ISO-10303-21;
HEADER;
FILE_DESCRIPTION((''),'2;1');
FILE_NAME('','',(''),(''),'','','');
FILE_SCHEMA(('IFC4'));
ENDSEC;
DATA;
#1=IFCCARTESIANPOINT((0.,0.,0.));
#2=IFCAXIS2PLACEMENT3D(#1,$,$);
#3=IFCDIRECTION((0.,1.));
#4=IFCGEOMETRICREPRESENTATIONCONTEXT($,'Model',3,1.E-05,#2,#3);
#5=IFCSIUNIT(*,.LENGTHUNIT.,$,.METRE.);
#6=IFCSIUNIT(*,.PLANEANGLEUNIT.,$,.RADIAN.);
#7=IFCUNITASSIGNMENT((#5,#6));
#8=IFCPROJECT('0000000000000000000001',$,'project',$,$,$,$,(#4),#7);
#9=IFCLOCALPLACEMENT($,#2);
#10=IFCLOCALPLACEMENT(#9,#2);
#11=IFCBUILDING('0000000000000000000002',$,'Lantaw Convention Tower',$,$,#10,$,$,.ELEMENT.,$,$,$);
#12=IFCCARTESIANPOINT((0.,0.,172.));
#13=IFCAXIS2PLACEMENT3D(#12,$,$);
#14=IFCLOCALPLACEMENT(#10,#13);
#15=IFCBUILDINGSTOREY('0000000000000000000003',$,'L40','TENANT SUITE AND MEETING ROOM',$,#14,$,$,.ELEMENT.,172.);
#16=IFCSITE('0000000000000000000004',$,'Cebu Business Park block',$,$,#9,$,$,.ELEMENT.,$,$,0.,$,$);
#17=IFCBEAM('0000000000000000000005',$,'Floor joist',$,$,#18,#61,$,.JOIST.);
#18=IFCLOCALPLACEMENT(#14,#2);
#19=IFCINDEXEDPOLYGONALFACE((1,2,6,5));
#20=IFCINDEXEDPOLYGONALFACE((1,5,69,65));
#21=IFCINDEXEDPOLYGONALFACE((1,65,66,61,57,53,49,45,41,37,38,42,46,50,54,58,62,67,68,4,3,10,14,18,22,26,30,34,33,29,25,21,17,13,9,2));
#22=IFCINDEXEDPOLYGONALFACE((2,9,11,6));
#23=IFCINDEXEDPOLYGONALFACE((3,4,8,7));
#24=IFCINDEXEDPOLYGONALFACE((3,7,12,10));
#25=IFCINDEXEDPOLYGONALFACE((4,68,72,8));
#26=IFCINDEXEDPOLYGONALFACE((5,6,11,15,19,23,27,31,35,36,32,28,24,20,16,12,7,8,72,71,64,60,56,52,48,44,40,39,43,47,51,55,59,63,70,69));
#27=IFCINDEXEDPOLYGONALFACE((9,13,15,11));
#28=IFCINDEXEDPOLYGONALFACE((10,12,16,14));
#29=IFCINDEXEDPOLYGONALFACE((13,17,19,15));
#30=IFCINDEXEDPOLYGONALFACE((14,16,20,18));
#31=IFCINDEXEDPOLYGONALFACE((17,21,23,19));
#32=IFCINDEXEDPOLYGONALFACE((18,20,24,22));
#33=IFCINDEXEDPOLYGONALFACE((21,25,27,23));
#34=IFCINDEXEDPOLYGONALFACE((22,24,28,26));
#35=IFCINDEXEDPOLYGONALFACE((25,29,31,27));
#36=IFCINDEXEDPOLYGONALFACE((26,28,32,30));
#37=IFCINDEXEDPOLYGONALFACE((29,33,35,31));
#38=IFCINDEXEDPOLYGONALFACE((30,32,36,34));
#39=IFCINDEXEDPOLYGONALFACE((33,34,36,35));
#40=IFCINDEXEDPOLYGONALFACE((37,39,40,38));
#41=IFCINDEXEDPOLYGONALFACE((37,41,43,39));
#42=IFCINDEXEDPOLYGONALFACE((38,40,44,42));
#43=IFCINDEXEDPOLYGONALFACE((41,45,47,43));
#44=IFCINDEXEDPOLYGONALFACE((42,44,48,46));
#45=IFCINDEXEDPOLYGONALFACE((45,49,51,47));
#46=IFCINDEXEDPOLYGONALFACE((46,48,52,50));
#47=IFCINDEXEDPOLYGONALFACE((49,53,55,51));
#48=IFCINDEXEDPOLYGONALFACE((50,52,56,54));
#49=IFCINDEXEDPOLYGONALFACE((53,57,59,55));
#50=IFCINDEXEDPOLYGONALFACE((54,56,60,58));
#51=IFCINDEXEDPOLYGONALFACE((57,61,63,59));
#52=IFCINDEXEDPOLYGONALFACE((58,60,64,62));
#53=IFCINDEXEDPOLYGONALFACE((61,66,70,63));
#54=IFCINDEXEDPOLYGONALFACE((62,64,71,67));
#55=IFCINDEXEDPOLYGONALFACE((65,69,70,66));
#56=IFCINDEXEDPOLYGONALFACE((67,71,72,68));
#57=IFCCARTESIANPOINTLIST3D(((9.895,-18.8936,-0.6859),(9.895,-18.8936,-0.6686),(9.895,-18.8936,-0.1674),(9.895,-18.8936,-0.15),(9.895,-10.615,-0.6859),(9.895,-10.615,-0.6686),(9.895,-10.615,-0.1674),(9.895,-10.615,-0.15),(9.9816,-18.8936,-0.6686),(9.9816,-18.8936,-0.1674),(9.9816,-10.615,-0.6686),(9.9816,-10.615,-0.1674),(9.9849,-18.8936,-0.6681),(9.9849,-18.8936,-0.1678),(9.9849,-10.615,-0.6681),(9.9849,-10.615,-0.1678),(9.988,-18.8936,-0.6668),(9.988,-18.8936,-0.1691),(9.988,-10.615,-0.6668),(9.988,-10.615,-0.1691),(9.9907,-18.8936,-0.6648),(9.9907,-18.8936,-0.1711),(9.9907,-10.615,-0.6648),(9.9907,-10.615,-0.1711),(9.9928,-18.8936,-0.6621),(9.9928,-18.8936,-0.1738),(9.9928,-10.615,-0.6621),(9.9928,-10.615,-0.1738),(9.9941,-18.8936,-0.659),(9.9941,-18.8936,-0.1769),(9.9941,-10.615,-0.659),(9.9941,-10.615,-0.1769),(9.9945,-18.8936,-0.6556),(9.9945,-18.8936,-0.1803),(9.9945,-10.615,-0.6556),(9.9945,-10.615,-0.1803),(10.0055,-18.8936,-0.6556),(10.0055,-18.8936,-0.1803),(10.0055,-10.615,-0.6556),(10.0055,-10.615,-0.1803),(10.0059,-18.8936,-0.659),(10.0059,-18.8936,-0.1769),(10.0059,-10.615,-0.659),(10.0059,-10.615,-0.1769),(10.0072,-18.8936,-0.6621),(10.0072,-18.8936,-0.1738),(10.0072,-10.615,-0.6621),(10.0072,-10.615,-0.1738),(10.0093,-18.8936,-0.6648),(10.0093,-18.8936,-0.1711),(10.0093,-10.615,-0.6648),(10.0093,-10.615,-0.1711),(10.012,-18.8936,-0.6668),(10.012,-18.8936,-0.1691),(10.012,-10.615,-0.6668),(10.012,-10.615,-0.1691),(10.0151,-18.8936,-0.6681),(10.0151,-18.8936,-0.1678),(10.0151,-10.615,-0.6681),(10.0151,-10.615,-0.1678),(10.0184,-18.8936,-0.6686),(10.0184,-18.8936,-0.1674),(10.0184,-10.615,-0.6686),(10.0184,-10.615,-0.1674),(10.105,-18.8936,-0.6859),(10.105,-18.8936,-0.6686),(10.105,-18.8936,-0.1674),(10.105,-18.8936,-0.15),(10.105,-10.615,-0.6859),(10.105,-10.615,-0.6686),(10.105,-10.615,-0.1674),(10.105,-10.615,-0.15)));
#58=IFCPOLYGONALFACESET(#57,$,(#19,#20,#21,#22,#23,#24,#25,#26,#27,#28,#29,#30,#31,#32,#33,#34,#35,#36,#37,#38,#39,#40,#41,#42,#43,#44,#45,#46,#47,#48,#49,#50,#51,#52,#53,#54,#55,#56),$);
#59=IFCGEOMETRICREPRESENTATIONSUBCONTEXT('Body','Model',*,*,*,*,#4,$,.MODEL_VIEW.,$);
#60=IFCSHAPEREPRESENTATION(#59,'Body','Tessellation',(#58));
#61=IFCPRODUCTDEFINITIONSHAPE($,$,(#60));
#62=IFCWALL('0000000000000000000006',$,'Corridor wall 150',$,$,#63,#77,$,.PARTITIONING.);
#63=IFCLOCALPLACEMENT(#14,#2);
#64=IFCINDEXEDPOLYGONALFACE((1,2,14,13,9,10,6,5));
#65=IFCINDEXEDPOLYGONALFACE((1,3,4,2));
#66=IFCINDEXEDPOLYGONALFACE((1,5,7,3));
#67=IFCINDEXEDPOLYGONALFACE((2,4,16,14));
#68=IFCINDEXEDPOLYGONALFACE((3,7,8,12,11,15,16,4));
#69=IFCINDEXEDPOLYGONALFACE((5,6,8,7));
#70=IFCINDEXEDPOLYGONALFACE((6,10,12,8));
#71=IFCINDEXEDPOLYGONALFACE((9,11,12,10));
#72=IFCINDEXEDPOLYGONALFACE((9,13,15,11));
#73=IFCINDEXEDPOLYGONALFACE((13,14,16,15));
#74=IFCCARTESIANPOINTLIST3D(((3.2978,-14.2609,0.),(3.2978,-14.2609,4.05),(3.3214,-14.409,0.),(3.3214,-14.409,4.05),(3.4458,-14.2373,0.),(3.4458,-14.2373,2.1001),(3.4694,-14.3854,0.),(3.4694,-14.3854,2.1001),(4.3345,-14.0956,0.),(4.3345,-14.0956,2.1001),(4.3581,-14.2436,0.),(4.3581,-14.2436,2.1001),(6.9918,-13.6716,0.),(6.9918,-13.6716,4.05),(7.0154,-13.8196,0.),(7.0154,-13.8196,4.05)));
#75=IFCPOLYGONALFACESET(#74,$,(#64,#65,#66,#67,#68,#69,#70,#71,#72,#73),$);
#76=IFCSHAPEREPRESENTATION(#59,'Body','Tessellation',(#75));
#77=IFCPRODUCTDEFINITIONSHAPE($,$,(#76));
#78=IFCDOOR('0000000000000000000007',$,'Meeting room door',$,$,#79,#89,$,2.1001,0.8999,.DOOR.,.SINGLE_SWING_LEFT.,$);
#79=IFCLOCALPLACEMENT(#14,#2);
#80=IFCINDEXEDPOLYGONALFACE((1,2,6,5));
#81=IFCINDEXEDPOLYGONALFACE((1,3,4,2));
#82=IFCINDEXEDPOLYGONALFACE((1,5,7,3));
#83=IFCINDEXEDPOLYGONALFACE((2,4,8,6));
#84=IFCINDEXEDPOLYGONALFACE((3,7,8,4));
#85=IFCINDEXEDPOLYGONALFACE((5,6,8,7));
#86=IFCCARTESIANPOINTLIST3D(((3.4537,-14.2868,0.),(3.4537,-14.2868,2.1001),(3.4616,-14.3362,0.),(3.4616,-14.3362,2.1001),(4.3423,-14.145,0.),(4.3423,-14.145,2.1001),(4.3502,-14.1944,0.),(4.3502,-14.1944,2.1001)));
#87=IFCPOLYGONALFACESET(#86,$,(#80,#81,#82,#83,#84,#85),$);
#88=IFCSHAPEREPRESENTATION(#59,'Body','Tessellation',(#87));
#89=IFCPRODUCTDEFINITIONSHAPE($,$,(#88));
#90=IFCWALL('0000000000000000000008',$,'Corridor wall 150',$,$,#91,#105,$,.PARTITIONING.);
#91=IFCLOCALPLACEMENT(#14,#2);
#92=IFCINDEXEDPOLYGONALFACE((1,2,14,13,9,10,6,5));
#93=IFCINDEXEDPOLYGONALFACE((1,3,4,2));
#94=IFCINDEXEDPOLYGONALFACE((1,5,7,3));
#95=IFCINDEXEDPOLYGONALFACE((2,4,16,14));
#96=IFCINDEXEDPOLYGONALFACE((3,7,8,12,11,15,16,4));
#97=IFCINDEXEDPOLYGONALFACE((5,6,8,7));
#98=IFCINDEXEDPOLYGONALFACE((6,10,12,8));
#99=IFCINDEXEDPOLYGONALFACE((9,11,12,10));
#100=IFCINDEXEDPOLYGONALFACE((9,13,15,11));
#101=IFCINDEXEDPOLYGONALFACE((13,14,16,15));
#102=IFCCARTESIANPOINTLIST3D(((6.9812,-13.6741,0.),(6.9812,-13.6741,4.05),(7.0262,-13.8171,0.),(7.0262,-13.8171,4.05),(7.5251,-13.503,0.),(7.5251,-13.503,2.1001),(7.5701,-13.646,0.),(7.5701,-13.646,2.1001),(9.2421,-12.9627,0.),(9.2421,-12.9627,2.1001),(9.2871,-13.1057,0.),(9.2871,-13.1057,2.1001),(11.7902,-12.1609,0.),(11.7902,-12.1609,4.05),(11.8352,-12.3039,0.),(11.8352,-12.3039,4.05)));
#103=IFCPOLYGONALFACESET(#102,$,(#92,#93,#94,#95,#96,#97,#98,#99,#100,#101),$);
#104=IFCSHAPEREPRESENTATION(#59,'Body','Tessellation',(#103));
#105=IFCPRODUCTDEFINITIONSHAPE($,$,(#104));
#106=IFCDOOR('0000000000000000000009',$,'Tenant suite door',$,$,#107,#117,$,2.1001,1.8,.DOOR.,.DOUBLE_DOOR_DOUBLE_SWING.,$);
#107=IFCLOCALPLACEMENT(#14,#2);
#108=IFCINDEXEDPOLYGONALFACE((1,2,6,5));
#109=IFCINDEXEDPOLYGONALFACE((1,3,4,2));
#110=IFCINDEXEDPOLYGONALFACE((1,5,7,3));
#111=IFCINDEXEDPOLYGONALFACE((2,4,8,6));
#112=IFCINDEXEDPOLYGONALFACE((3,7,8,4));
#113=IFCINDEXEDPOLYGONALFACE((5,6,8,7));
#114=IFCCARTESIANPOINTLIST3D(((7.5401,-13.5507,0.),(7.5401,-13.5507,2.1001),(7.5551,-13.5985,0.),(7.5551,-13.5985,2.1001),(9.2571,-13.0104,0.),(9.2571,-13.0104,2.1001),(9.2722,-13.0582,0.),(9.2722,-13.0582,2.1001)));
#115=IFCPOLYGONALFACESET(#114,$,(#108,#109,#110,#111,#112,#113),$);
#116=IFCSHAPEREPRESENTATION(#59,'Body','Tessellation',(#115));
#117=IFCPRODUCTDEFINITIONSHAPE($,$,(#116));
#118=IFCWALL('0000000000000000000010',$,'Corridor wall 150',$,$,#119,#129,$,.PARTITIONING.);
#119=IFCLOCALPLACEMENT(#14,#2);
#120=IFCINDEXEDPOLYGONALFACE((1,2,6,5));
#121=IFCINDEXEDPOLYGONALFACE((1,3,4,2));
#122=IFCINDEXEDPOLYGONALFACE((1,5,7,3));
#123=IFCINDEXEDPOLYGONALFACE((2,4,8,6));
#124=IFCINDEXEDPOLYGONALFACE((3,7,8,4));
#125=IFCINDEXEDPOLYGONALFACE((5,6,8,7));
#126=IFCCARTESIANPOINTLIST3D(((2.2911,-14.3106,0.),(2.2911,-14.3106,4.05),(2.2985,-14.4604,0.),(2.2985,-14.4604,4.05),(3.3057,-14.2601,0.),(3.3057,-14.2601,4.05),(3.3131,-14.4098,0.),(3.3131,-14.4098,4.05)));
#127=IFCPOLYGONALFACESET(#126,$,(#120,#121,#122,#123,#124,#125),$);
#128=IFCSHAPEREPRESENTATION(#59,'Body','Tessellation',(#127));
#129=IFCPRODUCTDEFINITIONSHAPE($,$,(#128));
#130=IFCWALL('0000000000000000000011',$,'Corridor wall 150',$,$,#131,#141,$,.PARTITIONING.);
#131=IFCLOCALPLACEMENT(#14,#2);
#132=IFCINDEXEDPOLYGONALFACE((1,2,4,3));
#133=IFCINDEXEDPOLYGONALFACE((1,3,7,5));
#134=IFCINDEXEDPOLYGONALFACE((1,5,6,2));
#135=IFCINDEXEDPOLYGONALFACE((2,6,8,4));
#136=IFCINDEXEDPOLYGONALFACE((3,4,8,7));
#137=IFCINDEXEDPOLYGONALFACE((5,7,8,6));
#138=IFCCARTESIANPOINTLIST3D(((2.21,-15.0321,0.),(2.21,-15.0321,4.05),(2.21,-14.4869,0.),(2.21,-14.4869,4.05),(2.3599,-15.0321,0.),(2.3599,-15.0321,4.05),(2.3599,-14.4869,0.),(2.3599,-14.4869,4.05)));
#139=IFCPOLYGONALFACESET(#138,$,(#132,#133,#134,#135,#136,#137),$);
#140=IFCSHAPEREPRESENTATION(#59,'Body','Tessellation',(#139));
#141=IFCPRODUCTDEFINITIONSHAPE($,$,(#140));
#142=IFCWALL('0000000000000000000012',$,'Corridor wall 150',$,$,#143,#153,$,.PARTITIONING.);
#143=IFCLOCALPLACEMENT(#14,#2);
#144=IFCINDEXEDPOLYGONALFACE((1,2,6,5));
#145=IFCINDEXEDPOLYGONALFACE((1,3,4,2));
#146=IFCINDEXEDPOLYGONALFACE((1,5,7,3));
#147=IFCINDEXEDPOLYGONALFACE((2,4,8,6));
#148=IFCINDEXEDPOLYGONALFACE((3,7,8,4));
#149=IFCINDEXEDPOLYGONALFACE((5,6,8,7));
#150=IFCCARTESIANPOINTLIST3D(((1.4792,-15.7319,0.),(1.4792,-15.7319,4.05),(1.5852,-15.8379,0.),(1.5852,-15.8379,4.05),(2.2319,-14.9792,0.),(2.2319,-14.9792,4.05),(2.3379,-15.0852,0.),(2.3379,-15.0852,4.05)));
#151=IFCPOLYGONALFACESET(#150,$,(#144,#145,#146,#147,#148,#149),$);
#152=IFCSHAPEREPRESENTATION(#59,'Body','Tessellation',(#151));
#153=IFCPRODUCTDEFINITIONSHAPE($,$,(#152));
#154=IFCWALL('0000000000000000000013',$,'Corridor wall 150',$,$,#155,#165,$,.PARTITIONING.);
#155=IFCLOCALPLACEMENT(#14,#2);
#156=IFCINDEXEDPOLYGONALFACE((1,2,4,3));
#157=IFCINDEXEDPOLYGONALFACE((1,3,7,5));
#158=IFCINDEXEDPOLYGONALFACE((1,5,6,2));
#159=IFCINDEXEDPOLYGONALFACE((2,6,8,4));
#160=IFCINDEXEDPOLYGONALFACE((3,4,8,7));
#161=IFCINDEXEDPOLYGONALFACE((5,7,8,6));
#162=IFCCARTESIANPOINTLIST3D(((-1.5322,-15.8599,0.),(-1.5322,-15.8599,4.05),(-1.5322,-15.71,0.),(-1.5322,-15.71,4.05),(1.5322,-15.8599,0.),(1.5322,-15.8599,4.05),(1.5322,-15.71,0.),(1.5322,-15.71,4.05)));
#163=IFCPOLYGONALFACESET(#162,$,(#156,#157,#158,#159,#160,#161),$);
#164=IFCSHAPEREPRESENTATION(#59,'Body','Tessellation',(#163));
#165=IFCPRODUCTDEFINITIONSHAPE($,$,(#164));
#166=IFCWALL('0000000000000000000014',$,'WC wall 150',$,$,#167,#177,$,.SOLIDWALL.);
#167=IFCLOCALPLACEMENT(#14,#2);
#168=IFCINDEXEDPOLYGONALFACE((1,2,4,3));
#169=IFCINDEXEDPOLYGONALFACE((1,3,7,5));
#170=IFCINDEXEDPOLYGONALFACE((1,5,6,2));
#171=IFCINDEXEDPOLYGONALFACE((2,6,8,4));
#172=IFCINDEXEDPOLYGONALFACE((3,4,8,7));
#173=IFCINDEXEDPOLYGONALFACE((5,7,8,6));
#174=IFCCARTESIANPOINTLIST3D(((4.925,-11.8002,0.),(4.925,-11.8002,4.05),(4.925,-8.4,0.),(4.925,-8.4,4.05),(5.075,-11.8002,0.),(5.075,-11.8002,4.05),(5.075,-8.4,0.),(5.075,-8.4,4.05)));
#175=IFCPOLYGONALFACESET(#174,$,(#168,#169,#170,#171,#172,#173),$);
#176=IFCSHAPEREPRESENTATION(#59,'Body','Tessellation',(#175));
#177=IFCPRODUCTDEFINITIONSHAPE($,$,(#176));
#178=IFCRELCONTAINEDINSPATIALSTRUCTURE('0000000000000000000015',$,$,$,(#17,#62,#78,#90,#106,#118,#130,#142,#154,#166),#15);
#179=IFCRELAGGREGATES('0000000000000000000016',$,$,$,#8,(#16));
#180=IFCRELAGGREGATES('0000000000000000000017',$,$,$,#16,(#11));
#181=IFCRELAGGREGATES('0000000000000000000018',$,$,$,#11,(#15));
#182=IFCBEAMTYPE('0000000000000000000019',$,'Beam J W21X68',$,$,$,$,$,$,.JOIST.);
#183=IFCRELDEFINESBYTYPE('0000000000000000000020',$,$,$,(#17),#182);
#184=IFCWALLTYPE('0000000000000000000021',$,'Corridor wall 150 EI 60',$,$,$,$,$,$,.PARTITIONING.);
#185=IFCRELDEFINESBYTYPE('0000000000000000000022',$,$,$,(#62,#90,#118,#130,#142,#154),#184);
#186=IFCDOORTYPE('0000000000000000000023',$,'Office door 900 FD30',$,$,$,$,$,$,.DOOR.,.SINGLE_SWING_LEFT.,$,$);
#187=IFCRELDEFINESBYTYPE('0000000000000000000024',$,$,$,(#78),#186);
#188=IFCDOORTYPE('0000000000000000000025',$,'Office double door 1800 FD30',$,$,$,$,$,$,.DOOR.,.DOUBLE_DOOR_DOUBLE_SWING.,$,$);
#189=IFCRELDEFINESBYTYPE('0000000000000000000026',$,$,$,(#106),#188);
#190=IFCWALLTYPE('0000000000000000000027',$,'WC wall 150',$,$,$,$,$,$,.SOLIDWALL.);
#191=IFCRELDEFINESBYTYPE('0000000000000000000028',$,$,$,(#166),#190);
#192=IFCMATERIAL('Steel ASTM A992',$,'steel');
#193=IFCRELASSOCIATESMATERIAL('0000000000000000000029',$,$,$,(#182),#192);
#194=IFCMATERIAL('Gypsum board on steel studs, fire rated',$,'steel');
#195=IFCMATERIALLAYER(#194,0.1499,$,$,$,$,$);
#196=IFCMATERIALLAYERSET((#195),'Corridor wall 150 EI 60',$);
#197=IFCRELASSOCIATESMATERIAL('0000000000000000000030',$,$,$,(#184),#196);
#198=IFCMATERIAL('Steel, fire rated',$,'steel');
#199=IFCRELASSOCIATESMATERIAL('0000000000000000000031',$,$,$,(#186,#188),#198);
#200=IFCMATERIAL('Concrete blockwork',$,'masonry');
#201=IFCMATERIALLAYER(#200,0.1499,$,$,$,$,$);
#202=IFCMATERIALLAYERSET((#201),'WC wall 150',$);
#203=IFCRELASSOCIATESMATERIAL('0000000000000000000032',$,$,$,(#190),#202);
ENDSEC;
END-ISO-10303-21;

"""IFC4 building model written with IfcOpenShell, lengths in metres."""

from ifc_helpers import new_model, si_unit, direction, frame, frame_2d, origin, origin_2d, place, context, subcontext, project, spatial, rectangle, i_section, extrude, material, layer, layer_set, material_profile, profile_set, type_object, element, fill, save


model = new_model("IFC4")

# Units and contexts
model_context = context("Model", 3, precision=1e-05, world=origin(), true_north=direction((0.0, 1.0)))
body_context = subcontext(model_context, "Body", "Model", "MODEL_VIEW")
ifc_project = project(units=[si_unit("LENGTHUNIT", "METRE"), si_unit("PLANEANGLEUNIT", "RADIAN")], contexts=[model_context])

# Site, building, storey
site_placement = place(None, origin())
site = spatial("IfcSite", under=ifc_project, at=site_placement, Name="Cebu Business Park block", CompositionType="ELEMENT", RefElevation=0.0)
building_placement = place(site_placement, origin())
building = spatial("IfcBuilding", under=site, at=building_placement, Name="Lantaw Convention Tower", CompositionType="ELEMENT")
storey_placement = place(building_placement, frame((0.0, 0.0, 172.0)))
storey = spatial("IfcBuildingStorey", under=building, at=storey_placement, Name="L40", Description="TENANT SUITE AND MEETING ROOM", CompositionType="ELEMENT", Elevation=172.0)

# Beam
ifc_material_1 = material(Name="Steel ASTM A992", Category="steel")
ifc_material_profile_1 = material_profile(ifc_material_1, i_section(OverallWidth=0.21, OverallDepth=0.5359, WebThickness=0.011, FlangeThickness=0.0173, FilletRadius=0.0129, at=origin_2d()), Name="W21X68")
ifc_profile_set_1 = profile_set([ifc_material_profile_1], Name="Steel ASTM A992")
beam_type_1 = type_object("IfcBeamType", Name="Beam J W21X68", PredefinedType="JOIST", material=ifc_profile_set_1)
beam_1_placement = place(storey_placement, frame((10.0, -18.8936, -0.418), z_axis=(0.0, 1.0, 0.0), x_axis=(-1.0, 0.0, 0.0)))
element("IfcBeam", 1, at=beam_1_placement, inside=storey, type_object=beam_type_1, Name="Floor joist", PredefinedType="JOIST", context=body_context, shape_type="SweptSolid", body=[
    extrude(i_section(OverallWidth=0.21, OverallDepth=0.5359, WebThickness=0.011, FlangeThickness=0.0173, FilletRadius=0.0129, at=origin_2d()), origin(), (0.0, 0.0, 1.0), 8.2786),
])

# Walls, openings, doors
ifc_material_2 = material(Name="Gypsum board on steel studs, fire rated", Category="steel")
ifc_layer_1 = layer(ifc_material_2, 0.1499)
ifc_layer_set_1 = layer_set([ifc_layer_1], Name="Corridor wall 150 EI 60")
wall_type_1 = type_object("IfcWallType", Name="Corridor wall 150 EI 60", PredefinedType="PARTITIONING", material=ifc_layer_set_1)
wall_1_placement = place(storey_placement, frame((3.3096, -14.335, 0.0), z_axis=(0.0, 0.0, 1.0), x_axis=(0.987511, 0.157548, 0.0)))
wall_1 = element("IfcWall", 2, at=wall_1_placement, inside=storey, type_object=wall_type_1, Name="Corridor wall 150", PredefinedType="PARTITIONING", context=body_context, shape_type="SweptSolid", body=[
    extrude(rectangle(XDim=3.7407, YDim=0.1499, at=frame_2d((1.8704, 0.0))), origin(), (0.0, 0.0, 1.0), 4.05),
])
opening_1_placement = place(wall_1_placement, frame((0.1499, 0.0, 0.0)))
opening_1 = element("IfcOpeningElement", 3, at=opening_1_placement, cuts=wall_1, PredefinedType="OPENING", context=body_context, shape_type="SweptSolid", body=[
    extrude(rectangle(XDim=0.8999, YDim=2.1001, at=frame_2d((0.45, 1.05))), frame((0.0, 0.085, 0.0), z_axis=(0.0, -1.0, 0.0), x_axis=(1.0, 0.0, 0.0)), (0.0, 0.0, 1.0), 0.1699),
])
ifc_material_3 = material(Name="Steel, fire rated", Category="steel")
door_type_1 = type_object("IfcDoorType", Name="Office door 900 FD30", OperationType="SINGLE_SWING_LEFT", PredefinedType="DOOR", material=ifc_material_3)
door_1_placement = place(opening_1_placement, origin())
door_1 = element("IfcDoor", 4, at=door_1_placement, inside=storey, type_object=door_type_1, Name="Meeting room door", OperationType="SINGLE_SWING_LEFT", OverallHeight=2.1001, OverallWidth=0.8999, PredefinedType="DOOR", context=body_context, shape_type="SweptSolid", body=[
    extrude(rectangle(XDim=0.8999, YDim=2.1001, at=frame_2d((0.45, 1.05))), frame((0.0, 0.0249, 0.0), z_axis=(0.0, -1.0, 0.0), x_axis=(1.0, 0.0, 0.0)), (0.0, 0.0, 1.0), 0.05),
])
fill(opening_1, door_1)
wall_2_placement = place(storey_placement, frame((7.0037, -13.7456, 0.0), z_axis=(0.0, 0.0, 1.0), x_axis=(0.953894, 0.300144, 0.0)))
wall_2 = element("IfcWall", 5, at=wall_2_placement, inside=storey, type_object=wall_type_1, Name="Corridor wall 150", PredefinedType="PARTITIONING", context=body_context, shape_type="SweptSolid", body=[
    extrude(rectangle(XDim=5.0415, YDim=0.1499, at=frame_2d((2.5208, 0.0))), origin(), (0.0, 0.0, 1.0), 4.05),
])
opening_2_placement = place(wall_2_placement, frame((0.5703, 0.0, 0.0)))
opening_2 = element("IfcOpeningElement", 6, at=opening_2_placement, cuts=wall_2, PredefinedType="OPENING", context=body_context, shape_type="SweptSolid", body=[
    extrude(rectangle(XDim=1.8, YDim=2.1001, at=frame_2d((0.8999, 1.05))), frame((0.0, 0.085, 0.0), z_axis=(0.0, -1.0, 0.0), x_axis=(1.0, 0.0, 0.0)), (0.0, 0.0, 1.0), 0.1699),
])
door_type_2 = type_object("IfcDoorType", Name="Office double door 1800 FD30", OperationType="DOUBLE_DOOR_DOUBLE_SWING", PredefinedType="DOOR", material=ifc_material_3)
door_2_placement = place(opening_2_placement, origin())
door_2 = element("IfcDoor", 7, at=door_2_placement, inside=storey, type_object=door_type_2, Name="Tenant suite door", OperationType="DOUBLE_DOOR_DOUBLE_SWING", OverallHeight=2.1001, OverallWidth=1.8, PredefinedType="DOOR", context=body_context, shape_type="SweptSolid", body=[
    extrude(rectangle(XDim=1.8, YDim=2.1001, at=frame_2d((0.8999, 1.05))), frame((0.0, 0.0249, 0.0), z_axis=(0.0, -1.0, 0.0), x_axis=(1.0, 0.0, 0.0)), (0.0, 0.0, 1.0), 0.05),
])
fill(opening_2, door_2)

# Walls
wall_3_placement = place(storey_placement, frame((2.2949, -14.3855, 0.0), z_axis=(0.0, 0.0, 1.0), x_axis=(0.998762, 0.049746, 0.0)))
element("IfcWall", 8, at=wall_3_placement, inside=storey, type_object=wall_type_1, Name="Corridor wall 150", PredefinedType="PARTITIONING", context=body_context, shape_type="SweptSolid", body=[
    extrude(rectangle(XDim=1.0159, YDim=0.1499, at=frame_2d((0.5078, 0.0))), origin(), (0.0, 0.0, 1.0), 4.05),
])
wall_4_placement = place(storey_placement, frame((2.2849, -14.4871, 0.0), z_axis=(0.0, 0.0, 1.0), x_axis=(0.0, -1.0, 0.0)))
element("IfcWall", 9, at=wall_4_placement, inside=storey, type_object=wall_type_1, Name="Corridor wall 150", PredefinedType="PARTITIONING", context=body_context, shape_type="SweptSolid", body=[
    extrude(rectangle(XDim=0.5452, YDim=0.1499, at=frame_2d((0.2725, 0.0))), origin(), (0.0, 0.0, 1.0), 4.05),
])
wall_5_placement = place(storey_placement, frame((2.2849, -15.0322, 0.0), z_axis=(0.0, 0.0, 1.0), x_axis=(-0.707107, -0.707107, 0.0)))
element("IfcWall", 10, at=wall_5_placement, inside=storey, type_object=wall_type_1, Name="Corridor wall 150", PredefinedType="PARTITIONING", context=body_context, shape_type="SweptSolid", body=[
    extrude(rectangle(XDim=1.0645, YDim=0.1499, at=frame_2d((0.5322, 0.0))), origin(), (0.0, 0.0, 1.0), 4.05),
])
wall_6_placement = place(storey_placement, frame((1.5322, -15.7849, 0.0), z_axis=(0.0, 0.0, 1.0), x_axis=(-1.0, 0.0, 0.0)))
element("IfcWall", 11, at=wall_6_placement, inside=storey, type_object=wall_type_1, Name="Corridor wall 150", PredefinedType="PARTITIONING", context=body_context, shape_type="SweptSolid", body=[
    extrude(rectangle(XDim=3.0645, YDim=0.1499, at=frame_2d((1.5322, 0.0))), origin(), (0.0, 0.0, 1.0), 4.05),
])
ifc_material_4 = material(Name="Concrete blockwork", Category="masonry")
ifc_layer_2 = layer(ifc_material_4, 0.1499)
ifc_layer_set_2 = layer_set([ifc_layer_2], Name="WC wall 150")
wall_type_2 = type_object("IfcWallType", Name="WC wall 150", PredefinedType="SOLIDWALL", material=ifc_layer_set_2)
for number, where, z_axis, x_axis, name in (
    (12, (5.0, -8.3999, 0.0), (0.0, 0.0, 1.0), (0.0, -1.0, 0.0), "WC wall 150"),
):
    element("IfcWall", number, at=place(storey_placement, frame(where, z_axis=z_axis, x_axis=x_axis)), inside=storey, type_object=wall_type_2, Name=name, PredefinedType="SOLIDWALL", context=body_context, shape_type="SweptSolid", body=[
        extrude(rectangle(XDim=3.4001, YDim=0.1499, at=frame_2d((1.7002, 0.0))), origin(), (0.0, 0.0, 1.0), 4.05),
    ])

save(model, "model.ifc")
